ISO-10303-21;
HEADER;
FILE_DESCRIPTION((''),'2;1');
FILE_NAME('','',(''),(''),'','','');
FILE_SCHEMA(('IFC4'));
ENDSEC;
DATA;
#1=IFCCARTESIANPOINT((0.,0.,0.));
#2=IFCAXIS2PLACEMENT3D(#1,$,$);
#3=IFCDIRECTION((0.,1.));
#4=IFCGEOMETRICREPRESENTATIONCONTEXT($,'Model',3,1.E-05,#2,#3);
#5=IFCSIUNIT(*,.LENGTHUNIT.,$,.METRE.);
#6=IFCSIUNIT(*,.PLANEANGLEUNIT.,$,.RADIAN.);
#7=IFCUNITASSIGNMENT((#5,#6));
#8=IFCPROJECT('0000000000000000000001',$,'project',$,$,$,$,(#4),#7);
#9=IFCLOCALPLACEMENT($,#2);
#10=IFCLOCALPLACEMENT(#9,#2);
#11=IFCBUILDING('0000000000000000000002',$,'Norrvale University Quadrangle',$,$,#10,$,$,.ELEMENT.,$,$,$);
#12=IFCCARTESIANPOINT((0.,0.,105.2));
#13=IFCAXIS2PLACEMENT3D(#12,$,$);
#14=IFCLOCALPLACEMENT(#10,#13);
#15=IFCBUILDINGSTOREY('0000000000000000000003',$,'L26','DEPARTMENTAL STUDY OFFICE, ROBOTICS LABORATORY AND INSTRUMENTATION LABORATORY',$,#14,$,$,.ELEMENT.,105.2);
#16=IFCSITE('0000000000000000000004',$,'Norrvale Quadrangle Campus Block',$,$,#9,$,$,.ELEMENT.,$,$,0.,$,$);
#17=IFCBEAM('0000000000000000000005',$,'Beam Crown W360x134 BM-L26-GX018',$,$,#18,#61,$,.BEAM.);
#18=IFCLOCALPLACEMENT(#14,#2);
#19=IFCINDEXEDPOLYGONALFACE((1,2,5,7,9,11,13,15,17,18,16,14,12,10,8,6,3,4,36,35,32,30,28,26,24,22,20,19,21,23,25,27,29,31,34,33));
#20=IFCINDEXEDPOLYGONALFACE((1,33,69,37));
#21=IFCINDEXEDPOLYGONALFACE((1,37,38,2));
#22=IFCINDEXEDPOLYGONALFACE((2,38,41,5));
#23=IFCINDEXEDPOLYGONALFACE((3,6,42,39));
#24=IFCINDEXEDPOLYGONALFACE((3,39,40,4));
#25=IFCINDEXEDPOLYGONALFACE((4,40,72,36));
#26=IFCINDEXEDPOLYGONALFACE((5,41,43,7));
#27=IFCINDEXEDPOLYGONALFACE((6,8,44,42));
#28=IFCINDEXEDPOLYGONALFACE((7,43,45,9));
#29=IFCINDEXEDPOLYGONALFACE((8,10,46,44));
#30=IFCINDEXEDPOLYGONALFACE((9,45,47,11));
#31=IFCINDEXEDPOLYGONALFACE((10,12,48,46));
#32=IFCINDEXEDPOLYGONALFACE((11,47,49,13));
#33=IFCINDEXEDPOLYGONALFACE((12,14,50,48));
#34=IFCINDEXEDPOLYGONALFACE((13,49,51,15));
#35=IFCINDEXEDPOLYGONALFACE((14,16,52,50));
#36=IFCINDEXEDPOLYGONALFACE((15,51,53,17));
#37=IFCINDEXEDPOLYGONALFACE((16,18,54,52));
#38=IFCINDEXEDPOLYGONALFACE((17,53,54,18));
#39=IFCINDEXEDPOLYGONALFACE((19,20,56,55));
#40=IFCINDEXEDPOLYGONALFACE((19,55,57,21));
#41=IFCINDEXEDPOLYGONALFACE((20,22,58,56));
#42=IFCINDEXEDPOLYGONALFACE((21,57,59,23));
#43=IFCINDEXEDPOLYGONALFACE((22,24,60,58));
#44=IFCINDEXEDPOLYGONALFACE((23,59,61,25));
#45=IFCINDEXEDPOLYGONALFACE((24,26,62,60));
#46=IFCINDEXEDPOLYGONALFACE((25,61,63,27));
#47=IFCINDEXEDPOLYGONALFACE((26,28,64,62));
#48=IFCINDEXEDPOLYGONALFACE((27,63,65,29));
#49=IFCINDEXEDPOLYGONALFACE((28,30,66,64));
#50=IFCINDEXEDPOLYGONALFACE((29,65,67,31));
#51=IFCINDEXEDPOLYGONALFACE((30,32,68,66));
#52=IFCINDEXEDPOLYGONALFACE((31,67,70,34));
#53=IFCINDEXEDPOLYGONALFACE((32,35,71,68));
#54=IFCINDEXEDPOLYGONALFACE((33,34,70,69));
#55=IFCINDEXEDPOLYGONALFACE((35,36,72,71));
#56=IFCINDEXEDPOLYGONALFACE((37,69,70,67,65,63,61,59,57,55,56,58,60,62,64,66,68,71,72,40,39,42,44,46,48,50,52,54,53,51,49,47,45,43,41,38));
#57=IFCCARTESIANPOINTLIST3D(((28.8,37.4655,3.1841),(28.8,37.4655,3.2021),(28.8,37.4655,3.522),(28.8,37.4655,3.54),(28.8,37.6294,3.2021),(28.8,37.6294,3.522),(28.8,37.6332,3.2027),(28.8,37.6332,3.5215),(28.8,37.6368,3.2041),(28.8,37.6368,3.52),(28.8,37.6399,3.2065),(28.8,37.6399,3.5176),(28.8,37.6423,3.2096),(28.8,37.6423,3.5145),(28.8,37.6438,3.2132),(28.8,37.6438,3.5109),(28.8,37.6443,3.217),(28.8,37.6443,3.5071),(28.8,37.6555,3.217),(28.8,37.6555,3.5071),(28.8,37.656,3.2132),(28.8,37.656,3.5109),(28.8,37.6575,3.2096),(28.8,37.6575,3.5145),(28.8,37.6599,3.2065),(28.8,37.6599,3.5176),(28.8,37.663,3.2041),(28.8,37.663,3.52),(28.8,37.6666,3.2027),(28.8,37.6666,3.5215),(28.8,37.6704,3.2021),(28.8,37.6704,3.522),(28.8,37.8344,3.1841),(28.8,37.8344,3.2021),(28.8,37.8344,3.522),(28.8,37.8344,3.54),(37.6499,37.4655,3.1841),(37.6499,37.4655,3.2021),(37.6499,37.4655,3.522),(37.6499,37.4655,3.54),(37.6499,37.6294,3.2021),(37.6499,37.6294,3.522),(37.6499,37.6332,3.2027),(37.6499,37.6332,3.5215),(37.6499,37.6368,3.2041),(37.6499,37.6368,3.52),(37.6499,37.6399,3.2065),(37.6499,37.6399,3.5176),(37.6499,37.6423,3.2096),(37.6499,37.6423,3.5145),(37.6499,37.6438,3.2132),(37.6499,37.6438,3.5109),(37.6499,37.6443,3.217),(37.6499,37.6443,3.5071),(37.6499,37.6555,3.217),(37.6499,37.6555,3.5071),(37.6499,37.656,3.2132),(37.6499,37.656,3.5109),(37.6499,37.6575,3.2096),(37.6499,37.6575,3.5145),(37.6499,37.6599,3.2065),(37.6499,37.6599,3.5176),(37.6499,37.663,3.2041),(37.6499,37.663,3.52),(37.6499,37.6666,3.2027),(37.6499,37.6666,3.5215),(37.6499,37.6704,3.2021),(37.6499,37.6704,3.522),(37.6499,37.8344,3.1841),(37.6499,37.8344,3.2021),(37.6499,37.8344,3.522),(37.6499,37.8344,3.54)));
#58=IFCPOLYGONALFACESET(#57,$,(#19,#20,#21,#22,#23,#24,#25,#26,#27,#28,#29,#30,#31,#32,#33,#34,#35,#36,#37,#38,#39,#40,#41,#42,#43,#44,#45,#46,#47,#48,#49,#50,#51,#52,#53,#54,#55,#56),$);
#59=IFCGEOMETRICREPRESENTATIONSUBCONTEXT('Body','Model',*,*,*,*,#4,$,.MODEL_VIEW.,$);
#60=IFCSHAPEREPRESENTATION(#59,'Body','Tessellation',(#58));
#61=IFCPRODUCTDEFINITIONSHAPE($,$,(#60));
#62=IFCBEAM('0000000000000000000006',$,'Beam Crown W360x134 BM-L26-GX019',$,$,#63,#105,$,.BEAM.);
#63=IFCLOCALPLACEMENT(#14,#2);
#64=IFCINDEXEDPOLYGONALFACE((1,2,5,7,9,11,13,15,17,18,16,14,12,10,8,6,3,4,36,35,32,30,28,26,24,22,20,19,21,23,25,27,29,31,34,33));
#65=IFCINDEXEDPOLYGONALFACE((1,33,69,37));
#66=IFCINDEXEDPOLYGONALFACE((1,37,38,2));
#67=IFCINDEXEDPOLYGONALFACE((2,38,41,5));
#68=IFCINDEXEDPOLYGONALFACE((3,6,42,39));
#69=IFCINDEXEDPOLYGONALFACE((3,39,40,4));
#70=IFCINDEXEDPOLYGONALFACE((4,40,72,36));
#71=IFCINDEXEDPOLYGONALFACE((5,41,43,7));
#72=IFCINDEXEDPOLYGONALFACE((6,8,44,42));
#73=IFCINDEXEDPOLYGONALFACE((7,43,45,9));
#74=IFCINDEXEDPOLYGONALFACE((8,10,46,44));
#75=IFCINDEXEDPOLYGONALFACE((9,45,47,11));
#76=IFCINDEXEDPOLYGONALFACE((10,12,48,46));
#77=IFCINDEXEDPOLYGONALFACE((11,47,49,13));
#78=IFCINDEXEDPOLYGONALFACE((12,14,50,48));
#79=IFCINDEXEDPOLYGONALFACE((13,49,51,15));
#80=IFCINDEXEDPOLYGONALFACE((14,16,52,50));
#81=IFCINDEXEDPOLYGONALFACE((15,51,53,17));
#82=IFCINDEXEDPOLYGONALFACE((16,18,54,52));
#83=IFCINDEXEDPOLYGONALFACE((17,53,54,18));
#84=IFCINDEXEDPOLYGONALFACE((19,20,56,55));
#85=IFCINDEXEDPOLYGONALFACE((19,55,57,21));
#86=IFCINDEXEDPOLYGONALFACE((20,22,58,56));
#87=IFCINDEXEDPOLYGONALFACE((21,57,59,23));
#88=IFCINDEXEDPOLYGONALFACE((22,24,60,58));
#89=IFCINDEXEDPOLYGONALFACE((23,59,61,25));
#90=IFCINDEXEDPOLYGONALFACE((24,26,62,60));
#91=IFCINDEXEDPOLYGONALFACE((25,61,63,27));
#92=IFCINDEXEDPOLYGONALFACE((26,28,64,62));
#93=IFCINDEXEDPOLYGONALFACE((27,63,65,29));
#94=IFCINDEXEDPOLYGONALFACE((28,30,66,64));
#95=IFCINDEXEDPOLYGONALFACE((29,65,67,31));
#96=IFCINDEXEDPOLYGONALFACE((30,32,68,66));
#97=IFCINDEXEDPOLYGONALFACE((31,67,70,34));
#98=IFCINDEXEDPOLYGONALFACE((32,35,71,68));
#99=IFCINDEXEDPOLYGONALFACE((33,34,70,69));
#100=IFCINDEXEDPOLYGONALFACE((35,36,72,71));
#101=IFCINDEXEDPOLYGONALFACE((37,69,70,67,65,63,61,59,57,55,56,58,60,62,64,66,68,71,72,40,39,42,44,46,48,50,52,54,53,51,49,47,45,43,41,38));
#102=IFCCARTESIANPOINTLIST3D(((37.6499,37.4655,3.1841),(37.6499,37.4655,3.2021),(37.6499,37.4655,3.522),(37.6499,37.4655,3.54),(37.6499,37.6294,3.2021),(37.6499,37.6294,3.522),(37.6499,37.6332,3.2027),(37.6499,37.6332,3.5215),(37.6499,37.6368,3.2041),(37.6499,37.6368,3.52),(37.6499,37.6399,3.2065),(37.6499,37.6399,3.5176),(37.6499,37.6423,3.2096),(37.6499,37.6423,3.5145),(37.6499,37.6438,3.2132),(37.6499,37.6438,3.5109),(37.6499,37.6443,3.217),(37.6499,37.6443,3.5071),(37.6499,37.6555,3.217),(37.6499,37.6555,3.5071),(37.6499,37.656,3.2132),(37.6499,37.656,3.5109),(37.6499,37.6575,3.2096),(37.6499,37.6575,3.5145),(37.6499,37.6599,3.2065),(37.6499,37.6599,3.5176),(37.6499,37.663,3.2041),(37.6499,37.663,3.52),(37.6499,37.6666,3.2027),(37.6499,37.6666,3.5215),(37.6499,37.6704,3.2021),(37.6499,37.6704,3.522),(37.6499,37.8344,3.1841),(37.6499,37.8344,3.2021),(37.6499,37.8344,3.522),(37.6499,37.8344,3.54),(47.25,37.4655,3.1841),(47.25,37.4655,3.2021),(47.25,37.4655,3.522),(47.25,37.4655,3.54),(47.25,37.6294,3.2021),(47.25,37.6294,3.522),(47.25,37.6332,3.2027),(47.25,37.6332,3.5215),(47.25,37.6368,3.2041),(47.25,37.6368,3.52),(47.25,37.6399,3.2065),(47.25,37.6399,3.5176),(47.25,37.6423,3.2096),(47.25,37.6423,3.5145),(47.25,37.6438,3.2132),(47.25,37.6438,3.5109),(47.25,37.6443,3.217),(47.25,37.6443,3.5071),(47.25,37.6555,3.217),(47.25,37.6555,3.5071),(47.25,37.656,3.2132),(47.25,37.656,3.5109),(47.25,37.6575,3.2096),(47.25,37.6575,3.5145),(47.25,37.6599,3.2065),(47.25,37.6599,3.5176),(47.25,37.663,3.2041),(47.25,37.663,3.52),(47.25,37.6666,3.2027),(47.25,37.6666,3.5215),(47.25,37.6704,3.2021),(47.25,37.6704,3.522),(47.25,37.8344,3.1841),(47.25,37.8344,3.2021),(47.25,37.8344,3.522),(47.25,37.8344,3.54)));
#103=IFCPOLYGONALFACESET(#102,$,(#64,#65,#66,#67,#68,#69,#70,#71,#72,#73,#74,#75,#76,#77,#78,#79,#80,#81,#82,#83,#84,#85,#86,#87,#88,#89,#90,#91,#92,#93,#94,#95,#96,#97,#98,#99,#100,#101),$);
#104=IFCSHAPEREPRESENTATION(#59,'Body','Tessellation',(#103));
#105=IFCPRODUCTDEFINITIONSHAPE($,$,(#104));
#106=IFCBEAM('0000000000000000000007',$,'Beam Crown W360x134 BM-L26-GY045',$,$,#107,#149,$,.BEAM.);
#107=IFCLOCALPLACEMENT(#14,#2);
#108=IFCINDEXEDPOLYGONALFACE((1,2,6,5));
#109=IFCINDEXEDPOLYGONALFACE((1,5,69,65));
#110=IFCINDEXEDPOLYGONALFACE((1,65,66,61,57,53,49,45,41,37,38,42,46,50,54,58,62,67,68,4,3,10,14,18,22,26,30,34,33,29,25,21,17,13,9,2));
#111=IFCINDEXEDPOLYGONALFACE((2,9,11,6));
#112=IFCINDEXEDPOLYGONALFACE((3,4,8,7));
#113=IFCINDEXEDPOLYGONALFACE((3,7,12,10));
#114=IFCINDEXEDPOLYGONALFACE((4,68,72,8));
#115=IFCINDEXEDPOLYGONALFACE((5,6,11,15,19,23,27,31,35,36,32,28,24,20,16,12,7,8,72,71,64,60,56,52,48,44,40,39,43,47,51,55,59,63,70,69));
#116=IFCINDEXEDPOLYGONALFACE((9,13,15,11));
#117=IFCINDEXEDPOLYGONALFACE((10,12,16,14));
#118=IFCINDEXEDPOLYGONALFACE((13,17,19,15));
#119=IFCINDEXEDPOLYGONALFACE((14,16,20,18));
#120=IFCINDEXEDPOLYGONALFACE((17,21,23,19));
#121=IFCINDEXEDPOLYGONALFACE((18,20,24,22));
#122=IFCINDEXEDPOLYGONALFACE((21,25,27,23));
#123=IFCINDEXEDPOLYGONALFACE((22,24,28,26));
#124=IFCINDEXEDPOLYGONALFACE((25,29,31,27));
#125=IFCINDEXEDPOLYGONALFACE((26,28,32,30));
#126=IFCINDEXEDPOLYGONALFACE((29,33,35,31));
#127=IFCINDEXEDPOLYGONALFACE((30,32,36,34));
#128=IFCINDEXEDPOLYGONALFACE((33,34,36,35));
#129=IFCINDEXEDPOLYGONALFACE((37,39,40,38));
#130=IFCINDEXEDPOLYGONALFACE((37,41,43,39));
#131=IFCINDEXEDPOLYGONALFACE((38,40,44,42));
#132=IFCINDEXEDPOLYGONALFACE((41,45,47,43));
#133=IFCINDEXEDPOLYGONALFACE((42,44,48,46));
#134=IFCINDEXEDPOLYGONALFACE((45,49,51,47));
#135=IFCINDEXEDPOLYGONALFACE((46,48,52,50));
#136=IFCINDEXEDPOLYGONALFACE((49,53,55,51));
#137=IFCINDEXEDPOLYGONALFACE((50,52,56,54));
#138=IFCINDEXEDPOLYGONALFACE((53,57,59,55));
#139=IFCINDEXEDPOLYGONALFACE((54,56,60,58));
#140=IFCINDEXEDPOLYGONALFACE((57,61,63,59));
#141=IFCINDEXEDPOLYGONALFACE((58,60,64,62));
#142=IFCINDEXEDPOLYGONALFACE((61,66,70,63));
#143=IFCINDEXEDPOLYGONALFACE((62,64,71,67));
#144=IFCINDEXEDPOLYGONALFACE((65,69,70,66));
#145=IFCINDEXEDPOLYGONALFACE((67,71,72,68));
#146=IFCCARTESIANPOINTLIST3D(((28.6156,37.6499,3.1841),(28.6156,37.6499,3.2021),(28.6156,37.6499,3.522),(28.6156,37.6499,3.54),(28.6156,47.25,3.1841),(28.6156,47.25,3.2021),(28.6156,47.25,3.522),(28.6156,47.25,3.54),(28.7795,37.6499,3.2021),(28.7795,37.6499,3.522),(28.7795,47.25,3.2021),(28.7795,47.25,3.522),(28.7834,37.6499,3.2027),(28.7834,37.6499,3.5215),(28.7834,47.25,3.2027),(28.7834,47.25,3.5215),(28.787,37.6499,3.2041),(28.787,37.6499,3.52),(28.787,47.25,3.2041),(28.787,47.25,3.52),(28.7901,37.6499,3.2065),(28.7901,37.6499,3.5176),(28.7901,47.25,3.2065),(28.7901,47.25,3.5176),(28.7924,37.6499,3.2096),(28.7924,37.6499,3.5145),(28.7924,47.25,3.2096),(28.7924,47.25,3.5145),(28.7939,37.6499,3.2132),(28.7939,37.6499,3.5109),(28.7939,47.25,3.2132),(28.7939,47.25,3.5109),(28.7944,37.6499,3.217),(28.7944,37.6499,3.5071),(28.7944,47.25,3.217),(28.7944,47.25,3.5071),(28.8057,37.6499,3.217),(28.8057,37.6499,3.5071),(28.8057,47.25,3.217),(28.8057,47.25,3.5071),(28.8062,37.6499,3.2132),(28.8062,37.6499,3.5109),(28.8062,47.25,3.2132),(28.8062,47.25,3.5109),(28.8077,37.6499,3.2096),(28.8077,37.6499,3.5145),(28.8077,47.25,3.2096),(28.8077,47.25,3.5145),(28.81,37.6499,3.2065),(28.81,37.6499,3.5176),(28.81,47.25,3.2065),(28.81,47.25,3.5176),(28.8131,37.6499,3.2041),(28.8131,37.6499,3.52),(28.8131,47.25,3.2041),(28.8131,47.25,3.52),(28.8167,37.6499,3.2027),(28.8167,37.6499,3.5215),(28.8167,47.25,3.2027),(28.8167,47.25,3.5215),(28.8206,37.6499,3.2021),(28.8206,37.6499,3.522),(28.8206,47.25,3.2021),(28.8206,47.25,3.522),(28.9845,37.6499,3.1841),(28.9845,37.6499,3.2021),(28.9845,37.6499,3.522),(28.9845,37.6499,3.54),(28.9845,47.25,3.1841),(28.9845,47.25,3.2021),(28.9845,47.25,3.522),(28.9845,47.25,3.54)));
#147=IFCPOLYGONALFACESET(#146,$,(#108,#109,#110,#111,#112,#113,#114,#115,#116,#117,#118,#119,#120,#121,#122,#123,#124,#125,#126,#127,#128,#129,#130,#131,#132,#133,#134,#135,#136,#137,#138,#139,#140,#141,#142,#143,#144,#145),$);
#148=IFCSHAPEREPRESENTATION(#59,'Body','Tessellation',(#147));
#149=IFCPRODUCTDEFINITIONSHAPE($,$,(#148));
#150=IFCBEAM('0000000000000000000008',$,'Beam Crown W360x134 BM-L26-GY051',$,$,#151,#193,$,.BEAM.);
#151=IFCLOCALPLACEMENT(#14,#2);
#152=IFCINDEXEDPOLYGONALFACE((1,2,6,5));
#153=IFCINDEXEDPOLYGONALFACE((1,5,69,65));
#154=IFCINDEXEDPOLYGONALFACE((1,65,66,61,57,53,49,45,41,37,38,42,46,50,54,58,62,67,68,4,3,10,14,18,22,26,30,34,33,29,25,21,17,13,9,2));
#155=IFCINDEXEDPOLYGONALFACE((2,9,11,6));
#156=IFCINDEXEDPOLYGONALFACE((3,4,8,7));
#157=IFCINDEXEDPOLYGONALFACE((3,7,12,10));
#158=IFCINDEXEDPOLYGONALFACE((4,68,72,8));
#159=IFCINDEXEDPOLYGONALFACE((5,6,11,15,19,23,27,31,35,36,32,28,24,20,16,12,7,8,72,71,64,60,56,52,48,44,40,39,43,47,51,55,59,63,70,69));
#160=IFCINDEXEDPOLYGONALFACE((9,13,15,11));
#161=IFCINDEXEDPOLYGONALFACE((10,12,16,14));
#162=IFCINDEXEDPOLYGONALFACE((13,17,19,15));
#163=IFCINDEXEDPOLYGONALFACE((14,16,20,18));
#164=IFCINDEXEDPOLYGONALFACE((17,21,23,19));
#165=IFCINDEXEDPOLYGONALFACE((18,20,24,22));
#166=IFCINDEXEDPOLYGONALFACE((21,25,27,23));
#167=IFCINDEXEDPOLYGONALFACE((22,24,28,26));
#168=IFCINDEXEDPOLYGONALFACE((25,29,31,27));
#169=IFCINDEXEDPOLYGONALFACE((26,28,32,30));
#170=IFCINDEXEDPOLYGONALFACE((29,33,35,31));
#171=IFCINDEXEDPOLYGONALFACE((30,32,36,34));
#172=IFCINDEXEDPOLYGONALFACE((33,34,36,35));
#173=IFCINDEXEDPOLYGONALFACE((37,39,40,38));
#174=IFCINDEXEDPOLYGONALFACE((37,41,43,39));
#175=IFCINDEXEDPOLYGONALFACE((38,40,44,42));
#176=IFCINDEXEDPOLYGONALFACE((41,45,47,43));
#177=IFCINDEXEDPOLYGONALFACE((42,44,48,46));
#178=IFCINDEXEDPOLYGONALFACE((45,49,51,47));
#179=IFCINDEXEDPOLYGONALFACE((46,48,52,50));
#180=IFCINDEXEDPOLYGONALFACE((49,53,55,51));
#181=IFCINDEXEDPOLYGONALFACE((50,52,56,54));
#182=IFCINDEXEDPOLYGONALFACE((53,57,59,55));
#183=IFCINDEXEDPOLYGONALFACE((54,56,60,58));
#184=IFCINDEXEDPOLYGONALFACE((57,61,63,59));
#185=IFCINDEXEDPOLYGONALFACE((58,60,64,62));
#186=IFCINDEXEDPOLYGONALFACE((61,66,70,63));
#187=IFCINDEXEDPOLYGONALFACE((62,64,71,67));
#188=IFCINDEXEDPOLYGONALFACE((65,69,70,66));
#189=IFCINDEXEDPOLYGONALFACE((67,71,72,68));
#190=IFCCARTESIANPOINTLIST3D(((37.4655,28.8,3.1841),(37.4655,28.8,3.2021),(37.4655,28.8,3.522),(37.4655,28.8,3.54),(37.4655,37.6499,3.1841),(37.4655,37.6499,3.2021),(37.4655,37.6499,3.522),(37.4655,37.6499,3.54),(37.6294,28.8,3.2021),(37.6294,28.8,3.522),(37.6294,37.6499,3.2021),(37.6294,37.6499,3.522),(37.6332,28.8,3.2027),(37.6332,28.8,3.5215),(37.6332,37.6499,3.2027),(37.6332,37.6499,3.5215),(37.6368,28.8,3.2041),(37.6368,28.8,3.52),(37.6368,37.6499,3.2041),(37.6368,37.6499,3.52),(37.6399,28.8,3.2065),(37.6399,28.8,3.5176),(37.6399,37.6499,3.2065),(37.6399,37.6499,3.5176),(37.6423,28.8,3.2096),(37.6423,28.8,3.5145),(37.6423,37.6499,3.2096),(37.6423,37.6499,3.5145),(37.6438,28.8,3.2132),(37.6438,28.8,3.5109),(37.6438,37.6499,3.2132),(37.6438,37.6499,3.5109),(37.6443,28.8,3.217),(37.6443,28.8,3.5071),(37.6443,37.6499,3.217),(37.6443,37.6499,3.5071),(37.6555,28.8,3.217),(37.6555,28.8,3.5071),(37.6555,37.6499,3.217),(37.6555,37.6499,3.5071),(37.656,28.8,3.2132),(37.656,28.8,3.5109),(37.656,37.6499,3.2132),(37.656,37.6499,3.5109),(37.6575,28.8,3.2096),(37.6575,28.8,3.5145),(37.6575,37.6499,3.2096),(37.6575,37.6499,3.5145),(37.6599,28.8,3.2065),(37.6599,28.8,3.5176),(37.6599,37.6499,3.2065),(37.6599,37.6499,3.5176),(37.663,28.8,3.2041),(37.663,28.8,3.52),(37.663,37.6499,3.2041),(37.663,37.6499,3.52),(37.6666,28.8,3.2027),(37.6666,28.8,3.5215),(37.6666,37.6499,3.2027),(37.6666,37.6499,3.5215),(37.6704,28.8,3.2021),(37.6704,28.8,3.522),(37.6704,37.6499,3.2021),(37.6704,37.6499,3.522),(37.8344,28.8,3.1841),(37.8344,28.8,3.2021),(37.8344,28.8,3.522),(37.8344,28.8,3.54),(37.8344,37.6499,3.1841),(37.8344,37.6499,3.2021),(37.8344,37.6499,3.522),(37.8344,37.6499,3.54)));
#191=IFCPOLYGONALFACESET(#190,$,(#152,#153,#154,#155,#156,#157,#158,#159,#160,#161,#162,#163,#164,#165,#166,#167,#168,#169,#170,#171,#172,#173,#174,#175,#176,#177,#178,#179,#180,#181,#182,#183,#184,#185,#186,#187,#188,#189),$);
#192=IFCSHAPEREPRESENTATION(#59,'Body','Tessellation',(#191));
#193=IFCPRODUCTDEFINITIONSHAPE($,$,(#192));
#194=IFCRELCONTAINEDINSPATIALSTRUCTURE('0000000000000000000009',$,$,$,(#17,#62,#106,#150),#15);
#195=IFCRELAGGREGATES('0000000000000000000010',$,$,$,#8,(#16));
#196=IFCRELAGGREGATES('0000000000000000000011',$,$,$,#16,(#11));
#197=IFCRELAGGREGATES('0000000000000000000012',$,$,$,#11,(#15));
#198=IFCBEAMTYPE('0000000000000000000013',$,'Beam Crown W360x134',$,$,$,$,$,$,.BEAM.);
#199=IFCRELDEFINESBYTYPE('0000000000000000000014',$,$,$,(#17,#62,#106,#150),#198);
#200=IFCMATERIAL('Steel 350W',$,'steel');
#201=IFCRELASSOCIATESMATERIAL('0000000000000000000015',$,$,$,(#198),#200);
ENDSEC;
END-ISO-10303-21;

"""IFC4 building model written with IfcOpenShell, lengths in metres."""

from ifc_helpers import new_model, si_unit, direction, frame, origin, origin_2d, place, context, subcontext, project, spatial, i_section, extrude, material, material_profile, profile_set, type_object, element, save


model = new_model("IFC4")

# Units and contexts
model_context = context("Model", 3, precision=1e-05, world=origin(), true_north=direction((0.0, 1.0)))
body_context = subcontext(model_context, "Body", "Model", "MODEL_VIEW")
ifc_project = project(units=[si_unit("LENGTHUNIT", "METRE"), si_unit("PLANEANGLEUNIT", "RADIAN")], contexts=[model_context])

# Site, building, storey
site_placement = place(None, origin())
site = spatial("IfcSite", under=ifc_project, at=site_placement, Name="Norrvale Quadrangle Campus Block", CompositionType="ELEMENT", RefElevation=0.0)
building_placement = place(site_placement, origin())
building = spatial("IfcBuilding", under=site, at=building_placement, Name="Norrvale University Quadrangle", CompositionType="ELEMENT")
storey_placement = place(building_placement, frame((0.0, 0.0, 105.2)))
storey = spatial("IfcBuildingStorey", under=building, at=storey_placement, Name="L26", Description="DEPARTMENTAL STUDY OFFICE, ROBOTICS LABORATORY AND INSTRUMENTATION LABORATORY", CompositionType="ELEMENT", Elevation=105.2)

# Beams
ifc_material_1 = material(Name="Steel 350W", Category="steel")
ifc_material_profile_1 = material_profile(ifc_material_1, i_section(OverallWidth=0.3689, OverallDepth=0.356, WebThickness=0.0112, FlangeThickness=0.0181, FilletRadius=0.0149, at=origin_2d()), Name="Steel 350W")
ifc_profile_set_1 = profile_set([ifc_material_profile_1], Name="Steel 350W")
beam_type_1 = type_object("IfcBeamType", Name="Beam Crown W360x134", PredefinedType="BEAM", material=ifc_profile_set_1)
beam_1_placement = place(storey_placement, frame((28.8, 37.6499, 3.3621), z_axis=(1.0, 0.0, 0.0), x_axis=(0.0, 1.0, 0.0)))
element("IfcBeam", 1, at=beam_1_placement, inside=storey, type_object=beam_type_1, Name="Beam Crown W360x134 BM-L26-GX018", PredefinedType="BEAM", context=body_context, shape_type="SweptSolid", body=[
    extrude(i_section(OverallWidth=0.3689, OverallDepth=0.356, WebThickness=0.0112, FlangeThickness=0.0181, FilletRadius=0.0149, at=origin_2d()), origin(), (0.0, 0.0, 1.0), 8.8499),
])
for number, where, z_axis, x_axis, name in (
    (2, (37.6499, 37.6499, 3.3621), (1.0, 0.0, 0.0), (0.0, 1.0, 0.0), "Beam Crown W360x134 BM-L26-GX019"),
    (3, (28.8, 37.6499, 3.3621), (0.0, 1.0, 0.0), (-1.0, 0.0, 0.0), "Beam Crown W360x134 BM-L26-GY045"),
):
    element("IfcBeam", number, at=place(storey_placement, frame(where, z_axis=z_axis, x_axis=x_axis)), inside=storey, type_object=beam_type_1, Name=name, PredefinedType="BEAM", context=body_context, shape_type="SweptSolid", body=[
        extrude(i_section(OverallWidth=0.3689, OverallDepth=0.356, WebThickness=0.0112, FlangeThickness=0.0181, FilletRadius=0.0149, at=origin_2d()), origin(), (0.0, 0.0, 1.0), 9.6001),
    ])
beam_2_placement = place(storey_placement, frame((37.6499, 28.8, 3.3621), z_axis=(0.0, 1.0, 0.0), x_axis=(-1.0, 0.0, 0.0)))
element("IfcBeam", 4, at=beam_2_placement, inside=storey, type_object=beam_type_1, Name="Beam Crown W360x134 BM-L26-GY051", PredefinedType="BEAM", context=body_context, shape_type="SweptSolid", body=[
    extrude(i_section(OverallWidth=0.3689, OverallDepth=0.356, WebThickness=0.0112, FlangeThickness=0.0181, FilletRadius=0.0149, at=origin_2d()), origin(), (0.0, 0.0, 1.0), 8.8499),
])

save(model, "model.ifc")
